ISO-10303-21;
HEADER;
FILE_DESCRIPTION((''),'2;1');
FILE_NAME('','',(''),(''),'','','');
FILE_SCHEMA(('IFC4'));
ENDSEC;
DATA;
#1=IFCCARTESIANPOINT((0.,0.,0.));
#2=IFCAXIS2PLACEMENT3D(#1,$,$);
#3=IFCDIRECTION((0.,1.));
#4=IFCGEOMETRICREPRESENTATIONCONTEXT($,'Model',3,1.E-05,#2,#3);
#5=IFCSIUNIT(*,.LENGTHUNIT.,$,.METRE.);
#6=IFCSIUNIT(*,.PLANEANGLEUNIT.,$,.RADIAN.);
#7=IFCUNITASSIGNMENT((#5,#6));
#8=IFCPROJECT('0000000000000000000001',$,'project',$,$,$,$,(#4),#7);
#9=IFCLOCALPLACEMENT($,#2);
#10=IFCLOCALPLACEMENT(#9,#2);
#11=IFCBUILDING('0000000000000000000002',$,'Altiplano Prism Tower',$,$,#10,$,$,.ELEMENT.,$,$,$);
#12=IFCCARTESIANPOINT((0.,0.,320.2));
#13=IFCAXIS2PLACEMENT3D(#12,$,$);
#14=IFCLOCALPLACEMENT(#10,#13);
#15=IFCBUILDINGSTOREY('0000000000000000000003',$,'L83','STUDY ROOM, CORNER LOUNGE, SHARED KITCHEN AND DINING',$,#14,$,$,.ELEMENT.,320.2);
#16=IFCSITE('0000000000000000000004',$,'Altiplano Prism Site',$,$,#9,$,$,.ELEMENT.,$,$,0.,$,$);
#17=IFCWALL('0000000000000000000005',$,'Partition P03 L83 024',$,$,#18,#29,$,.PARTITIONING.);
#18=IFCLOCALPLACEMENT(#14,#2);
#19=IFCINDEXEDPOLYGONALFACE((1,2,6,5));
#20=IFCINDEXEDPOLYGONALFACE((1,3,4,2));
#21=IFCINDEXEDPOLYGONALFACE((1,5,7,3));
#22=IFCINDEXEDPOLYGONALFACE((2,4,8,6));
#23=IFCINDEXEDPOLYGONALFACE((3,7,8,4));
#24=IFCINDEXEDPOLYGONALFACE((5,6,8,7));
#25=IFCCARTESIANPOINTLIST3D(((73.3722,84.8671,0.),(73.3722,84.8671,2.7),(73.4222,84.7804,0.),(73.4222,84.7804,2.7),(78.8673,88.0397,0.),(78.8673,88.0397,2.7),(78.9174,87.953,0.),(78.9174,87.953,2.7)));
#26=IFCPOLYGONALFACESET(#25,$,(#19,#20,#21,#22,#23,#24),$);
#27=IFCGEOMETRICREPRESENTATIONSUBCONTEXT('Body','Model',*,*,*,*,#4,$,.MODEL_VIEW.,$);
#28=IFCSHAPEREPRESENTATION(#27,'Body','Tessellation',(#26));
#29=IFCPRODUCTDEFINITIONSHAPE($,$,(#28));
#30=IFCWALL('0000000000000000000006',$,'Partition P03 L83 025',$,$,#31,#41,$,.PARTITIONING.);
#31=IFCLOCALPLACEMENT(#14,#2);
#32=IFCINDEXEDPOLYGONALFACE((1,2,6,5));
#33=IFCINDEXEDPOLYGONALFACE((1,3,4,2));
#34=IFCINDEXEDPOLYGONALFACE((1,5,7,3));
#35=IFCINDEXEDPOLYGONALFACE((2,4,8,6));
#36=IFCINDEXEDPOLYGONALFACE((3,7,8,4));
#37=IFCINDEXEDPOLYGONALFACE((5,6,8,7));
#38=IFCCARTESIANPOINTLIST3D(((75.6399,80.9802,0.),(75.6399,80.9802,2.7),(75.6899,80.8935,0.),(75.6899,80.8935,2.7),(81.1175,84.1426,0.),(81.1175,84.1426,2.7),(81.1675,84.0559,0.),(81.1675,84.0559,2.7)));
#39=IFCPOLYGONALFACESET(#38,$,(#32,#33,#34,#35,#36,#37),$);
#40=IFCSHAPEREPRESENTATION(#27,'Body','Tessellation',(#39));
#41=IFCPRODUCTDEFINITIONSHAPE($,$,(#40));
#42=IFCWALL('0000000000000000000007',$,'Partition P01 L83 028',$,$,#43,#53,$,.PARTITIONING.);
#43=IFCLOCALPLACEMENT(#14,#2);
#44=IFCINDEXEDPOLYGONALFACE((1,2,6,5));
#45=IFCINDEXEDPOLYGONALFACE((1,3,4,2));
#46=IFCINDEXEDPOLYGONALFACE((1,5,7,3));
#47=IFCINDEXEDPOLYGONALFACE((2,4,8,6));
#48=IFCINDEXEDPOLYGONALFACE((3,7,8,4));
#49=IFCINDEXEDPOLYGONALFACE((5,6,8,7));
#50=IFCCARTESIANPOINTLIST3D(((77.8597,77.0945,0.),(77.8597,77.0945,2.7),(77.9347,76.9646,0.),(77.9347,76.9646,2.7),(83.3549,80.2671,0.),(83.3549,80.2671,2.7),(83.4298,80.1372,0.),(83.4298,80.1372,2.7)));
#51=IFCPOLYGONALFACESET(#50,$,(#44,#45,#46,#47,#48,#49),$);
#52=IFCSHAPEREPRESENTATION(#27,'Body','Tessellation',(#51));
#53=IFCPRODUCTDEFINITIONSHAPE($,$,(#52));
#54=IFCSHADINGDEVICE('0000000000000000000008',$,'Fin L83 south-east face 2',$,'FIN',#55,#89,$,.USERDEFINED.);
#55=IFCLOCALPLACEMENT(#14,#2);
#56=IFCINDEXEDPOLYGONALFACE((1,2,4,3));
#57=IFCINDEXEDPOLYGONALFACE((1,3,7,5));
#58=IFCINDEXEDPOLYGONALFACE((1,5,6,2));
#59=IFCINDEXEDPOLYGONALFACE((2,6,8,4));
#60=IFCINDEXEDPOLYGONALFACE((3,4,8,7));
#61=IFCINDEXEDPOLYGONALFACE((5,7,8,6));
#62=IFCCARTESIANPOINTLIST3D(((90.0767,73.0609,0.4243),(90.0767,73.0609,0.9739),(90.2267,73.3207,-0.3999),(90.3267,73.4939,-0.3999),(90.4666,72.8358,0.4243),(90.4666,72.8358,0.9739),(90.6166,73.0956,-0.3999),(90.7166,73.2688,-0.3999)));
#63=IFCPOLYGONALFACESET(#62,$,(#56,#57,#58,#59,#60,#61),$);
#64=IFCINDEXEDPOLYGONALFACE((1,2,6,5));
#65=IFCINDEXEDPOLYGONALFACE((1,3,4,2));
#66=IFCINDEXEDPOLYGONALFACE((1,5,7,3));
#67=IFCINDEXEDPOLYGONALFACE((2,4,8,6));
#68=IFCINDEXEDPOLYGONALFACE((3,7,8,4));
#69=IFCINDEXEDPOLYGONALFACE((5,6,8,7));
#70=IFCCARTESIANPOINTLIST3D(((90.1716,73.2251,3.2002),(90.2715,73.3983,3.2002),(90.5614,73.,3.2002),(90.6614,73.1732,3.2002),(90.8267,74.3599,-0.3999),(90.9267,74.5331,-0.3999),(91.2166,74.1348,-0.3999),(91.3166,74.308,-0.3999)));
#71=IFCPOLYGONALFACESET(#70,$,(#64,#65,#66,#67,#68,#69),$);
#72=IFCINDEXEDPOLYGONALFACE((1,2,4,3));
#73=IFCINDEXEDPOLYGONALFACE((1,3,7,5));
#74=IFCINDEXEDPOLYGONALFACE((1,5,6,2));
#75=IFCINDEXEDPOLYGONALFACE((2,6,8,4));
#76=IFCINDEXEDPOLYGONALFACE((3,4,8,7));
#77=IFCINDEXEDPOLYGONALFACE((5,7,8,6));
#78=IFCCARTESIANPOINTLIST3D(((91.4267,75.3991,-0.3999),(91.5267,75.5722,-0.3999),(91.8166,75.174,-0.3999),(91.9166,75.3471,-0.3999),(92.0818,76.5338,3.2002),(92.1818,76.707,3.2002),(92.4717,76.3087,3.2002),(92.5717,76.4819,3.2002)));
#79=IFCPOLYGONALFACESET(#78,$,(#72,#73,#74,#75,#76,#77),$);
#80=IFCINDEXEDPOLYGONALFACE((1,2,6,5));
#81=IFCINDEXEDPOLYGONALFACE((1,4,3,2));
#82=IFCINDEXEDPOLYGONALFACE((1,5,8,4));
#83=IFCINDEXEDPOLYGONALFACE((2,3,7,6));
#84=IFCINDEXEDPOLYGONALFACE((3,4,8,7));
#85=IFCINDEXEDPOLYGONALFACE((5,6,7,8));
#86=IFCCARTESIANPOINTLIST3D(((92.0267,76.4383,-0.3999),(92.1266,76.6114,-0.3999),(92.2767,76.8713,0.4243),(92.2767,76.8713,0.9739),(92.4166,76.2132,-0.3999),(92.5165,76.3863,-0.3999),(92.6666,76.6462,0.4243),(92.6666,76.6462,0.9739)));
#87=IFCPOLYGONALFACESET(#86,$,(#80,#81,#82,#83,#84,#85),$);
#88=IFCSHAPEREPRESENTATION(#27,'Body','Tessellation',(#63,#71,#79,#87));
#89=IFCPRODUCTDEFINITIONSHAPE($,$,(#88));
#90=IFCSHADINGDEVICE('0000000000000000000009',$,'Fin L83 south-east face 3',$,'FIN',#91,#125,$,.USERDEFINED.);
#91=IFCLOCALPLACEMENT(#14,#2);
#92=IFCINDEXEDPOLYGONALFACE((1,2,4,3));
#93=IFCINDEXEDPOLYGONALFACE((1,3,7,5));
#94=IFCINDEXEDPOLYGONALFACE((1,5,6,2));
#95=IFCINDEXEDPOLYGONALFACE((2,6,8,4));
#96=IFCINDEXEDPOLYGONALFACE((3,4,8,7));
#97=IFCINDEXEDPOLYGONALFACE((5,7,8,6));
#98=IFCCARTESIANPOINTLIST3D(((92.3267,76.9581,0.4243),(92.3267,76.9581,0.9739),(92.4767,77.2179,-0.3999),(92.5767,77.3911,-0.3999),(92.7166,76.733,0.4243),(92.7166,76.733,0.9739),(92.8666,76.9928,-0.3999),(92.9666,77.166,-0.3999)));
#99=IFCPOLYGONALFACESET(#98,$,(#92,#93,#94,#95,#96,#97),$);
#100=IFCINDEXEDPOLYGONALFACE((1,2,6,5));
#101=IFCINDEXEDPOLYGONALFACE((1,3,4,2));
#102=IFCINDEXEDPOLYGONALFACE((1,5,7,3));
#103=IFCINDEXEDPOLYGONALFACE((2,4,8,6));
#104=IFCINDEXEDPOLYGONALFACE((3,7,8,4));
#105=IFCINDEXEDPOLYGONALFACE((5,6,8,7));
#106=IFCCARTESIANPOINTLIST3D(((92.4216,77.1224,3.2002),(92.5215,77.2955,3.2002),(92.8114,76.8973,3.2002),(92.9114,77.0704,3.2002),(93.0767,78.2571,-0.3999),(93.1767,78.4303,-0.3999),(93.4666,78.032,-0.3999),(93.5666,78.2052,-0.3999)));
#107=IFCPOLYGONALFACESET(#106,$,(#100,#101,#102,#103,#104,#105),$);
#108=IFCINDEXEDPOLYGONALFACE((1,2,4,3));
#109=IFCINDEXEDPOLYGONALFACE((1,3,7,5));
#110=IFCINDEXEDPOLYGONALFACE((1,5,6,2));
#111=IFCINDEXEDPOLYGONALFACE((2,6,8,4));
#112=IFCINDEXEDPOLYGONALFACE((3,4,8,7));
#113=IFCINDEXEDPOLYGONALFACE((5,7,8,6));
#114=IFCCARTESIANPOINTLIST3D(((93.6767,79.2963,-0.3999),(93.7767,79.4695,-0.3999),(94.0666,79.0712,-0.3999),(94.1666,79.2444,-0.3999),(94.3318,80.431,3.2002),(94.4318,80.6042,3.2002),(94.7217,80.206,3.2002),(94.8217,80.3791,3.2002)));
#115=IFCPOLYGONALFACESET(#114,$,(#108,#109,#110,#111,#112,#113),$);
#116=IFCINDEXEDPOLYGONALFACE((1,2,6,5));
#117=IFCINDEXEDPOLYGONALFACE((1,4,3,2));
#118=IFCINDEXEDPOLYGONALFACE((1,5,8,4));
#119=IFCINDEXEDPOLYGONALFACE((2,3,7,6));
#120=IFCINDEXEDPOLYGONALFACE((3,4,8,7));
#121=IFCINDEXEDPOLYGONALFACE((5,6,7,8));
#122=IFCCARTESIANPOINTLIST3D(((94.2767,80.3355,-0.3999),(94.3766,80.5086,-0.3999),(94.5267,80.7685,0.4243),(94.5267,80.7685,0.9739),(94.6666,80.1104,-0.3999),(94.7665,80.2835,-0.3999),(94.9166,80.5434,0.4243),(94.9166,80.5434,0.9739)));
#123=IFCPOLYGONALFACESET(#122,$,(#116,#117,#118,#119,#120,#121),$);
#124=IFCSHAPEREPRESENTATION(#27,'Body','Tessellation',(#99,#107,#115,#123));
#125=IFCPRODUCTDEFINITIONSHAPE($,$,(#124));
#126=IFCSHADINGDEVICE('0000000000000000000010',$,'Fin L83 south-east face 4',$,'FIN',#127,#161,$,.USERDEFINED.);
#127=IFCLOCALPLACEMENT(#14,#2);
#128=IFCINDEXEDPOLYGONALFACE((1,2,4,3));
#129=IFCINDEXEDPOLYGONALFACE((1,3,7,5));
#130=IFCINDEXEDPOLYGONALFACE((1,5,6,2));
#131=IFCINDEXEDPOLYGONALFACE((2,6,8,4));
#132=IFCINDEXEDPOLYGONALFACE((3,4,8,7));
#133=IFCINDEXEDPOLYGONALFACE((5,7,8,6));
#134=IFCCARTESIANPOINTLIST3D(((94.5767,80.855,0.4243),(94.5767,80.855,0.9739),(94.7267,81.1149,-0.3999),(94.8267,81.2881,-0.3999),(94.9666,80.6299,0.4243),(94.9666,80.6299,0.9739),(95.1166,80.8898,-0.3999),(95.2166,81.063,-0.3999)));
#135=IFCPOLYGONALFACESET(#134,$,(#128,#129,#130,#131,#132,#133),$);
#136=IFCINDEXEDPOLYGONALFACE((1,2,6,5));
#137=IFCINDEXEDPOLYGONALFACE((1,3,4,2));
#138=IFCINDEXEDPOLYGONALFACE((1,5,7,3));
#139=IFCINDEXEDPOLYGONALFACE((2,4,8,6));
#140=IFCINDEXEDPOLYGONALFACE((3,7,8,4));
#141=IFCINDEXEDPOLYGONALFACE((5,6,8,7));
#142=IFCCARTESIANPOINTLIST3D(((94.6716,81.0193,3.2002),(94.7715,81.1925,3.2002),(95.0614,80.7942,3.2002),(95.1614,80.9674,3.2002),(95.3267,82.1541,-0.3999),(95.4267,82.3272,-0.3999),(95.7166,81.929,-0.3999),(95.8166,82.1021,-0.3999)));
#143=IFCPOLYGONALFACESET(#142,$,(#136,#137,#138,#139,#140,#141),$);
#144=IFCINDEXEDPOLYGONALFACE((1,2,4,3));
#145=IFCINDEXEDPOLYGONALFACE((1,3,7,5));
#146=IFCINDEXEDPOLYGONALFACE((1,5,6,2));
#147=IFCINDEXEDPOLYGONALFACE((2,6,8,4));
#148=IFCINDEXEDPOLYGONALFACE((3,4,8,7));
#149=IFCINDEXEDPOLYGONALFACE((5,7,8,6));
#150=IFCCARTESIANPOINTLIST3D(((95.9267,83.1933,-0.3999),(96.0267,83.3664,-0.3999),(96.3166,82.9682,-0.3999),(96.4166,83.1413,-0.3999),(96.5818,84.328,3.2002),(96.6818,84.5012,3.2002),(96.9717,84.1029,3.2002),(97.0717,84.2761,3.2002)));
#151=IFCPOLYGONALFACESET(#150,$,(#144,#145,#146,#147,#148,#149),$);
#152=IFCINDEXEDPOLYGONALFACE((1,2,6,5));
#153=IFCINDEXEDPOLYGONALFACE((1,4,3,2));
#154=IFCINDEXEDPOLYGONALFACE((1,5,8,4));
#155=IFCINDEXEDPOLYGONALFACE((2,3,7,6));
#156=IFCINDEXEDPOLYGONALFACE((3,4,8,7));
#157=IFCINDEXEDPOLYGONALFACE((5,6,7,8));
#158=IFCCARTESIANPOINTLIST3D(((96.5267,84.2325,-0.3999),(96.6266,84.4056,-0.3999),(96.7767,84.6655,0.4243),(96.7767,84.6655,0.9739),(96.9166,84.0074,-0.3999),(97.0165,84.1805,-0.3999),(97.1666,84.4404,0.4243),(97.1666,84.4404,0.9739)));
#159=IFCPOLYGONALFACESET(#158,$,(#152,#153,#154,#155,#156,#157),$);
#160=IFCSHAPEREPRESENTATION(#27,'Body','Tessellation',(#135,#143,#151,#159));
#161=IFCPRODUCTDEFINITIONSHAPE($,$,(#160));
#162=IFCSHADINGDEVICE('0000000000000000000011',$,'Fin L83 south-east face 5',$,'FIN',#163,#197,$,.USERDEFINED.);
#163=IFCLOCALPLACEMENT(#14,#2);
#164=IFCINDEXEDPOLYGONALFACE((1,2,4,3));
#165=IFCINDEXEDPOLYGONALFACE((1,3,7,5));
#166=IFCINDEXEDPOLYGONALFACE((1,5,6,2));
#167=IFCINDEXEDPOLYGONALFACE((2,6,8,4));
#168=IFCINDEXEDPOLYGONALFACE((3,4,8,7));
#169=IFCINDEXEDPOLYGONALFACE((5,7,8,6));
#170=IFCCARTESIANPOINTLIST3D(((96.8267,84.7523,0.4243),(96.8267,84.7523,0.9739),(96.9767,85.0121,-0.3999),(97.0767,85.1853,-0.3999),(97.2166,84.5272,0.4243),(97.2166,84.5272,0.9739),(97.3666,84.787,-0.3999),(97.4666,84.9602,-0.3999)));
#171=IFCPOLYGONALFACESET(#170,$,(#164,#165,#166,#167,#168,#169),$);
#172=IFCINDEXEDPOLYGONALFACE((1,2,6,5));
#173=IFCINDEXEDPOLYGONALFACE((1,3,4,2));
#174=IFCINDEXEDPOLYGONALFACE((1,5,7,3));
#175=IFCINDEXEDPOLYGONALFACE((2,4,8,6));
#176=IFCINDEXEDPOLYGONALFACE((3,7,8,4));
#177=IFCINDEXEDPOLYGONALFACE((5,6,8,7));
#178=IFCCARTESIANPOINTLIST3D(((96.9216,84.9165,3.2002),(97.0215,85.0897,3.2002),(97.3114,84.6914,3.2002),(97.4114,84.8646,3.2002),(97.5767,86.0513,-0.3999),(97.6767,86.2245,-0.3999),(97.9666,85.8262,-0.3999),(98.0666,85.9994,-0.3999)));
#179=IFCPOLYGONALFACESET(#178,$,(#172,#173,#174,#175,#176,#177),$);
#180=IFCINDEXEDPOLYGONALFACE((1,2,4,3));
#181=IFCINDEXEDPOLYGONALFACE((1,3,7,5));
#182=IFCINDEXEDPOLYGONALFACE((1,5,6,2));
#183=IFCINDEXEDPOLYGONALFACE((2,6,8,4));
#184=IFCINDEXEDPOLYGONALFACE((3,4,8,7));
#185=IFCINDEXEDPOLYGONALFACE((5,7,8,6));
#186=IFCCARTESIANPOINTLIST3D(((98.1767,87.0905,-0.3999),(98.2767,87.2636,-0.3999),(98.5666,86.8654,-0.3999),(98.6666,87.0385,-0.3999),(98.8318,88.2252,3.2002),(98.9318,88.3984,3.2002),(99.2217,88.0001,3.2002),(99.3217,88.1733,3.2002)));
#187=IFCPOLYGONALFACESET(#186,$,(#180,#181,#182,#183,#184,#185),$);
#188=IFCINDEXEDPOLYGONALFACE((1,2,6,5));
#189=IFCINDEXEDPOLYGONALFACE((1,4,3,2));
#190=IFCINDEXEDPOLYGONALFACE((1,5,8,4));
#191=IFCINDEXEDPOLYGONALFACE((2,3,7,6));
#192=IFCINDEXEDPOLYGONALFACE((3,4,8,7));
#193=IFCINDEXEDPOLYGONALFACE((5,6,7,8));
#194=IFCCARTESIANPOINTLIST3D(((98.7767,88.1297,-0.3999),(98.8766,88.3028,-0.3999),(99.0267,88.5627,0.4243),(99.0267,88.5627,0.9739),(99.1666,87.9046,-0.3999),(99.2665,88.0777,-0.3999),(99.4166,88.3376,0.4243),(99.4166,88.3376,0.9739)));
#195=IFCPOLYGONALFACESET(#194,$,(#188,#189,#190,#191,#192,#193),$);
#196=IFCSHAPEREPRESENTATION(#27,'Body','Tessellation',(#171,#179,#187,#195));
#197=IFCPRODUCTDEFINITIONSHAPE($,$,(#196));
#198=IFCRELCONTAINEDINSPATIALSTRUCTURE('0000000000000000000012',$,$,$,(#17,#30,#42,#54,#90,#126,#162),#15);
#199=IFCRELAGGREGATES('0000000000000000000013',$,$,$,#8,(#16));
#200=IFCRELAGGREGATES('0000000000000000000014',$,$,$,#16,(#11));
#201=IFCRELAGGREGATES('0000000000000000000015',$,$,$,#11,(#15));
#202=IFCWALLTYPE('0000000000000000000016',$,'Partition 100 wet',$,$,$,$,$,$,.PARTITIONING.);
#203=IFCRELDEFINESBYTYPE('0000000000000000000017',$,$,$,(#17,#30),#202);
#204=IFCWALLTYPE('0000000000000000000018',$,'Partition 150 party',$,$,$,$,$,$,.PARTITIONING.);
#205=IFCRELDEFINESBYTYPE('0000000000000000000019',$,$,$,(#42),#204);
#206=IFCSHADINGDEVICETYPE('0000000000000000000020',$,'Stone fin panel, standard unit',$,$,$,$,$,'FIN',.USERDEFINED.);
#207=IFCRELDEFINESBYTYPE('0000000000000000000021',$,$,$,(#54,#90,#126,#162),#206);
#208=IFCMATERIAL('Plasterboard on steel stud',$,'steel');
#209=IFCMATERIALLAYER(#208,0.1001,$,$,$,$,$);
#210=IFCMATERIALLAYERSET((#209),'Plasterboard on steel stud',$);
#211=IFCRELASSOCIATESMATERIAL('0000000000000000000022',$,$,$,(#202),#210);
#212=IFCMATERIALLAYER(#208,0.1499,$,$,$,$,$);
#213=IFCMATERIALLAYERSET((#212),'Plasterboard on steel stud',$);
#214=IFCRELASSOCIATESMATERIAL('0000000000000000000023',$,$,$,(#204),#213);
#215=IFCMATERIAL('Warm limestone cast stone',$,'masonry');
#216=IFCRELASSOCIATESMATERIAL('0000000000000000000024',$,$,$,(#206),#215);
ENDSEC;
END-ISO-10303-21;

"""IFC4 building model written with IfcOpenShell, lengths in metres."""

from ifc_helpers import new_model, si_unit, direction, frame, frame_2d, origin, place, context, subcontext, project, spatial, polyline, rectangle, outline, extrude, source, transform, mapped, material, layer, layer_set, type_object, element, save


model = new_model("IFC4")

# Units and contexts
model_context = context("Model", 3, precision=1e-05, world=origin(), true_north=direction((0.0, 1.0)))
body_context = subcontext(model_context, "Body", "Model", "MODEL_VIEW")
ifc_project = project(units=[si_unit("LENGTHUNIT", "METRE"), si_unit("PLANEANGLEUNIT", "RADIAN")], contexts=[model_context])

# Site, building, storey
site_placement = place(None, origin())
site = spatial("IfcSite", under=ifc_project, at=site_placement, Name="Altiplano Prism Site", CompositionType="ELEMENT", RefElevation=0.0)
building_placement = place(site_placement, origin())
building = spatial("IfcBuilding", under=site, at=building_placement, Name="Altiplano Prism Tower", CompositionType="ELEMENT")
storey_placement = place(building_placement, frame((0.0, 0.0, 320.2)))
storey = spatial("IfcBuildingStorey", under=building, at=storey_placement, Name="L83", Description="STUDY ROOM, CORNER LOUNGE, SHARED KITCHEN AND DINING", CompositionType="ELEMENT", Elevation=320.2)

# Walls
ifc_material_1 = material(Name="Plasterboard on steel stud", Category="steel")
ifc_layer_1 = layer(ifc_material_1, 0.1001)
ifc_layer_set_1 = layer_set([ifc_layer_1], Name="Plasterboard on steel stud")
wall_type_1 = type_object("IfcWallType", Name="Partition 100 wet", PredefinedType="PARTITIONING", material=ifc_layer_set_1)
wall_1_placement = place(storey_placement, frame((73.3972, 84.8237, 0.0), z_axis=(0.0, 0.0, 1.0), x_axis=(0.866025, 0.5, 0.0)))
element("IfcWall", 1, at=wall_1_placement, inside=storey, type_object=wall_type_1, Name="Partition P03 L83 024", PredefinedType="PARTITIONING", context=body_context, shape_type="SweptSolid", body=[
    extrude(rectangle(XDim=6.3452, YDim=0.1001, at=frame_2d((3.1726, 0.0))), origin(), (0.0, 0.0, 1.0), 2.7),
])
wall_2_placement = place(storey_placement, frame((75.6648, 80.9368, 0.0), z_axis=(0.0, 0.0, 1.0), x_axis=(0.866033, 0.499988, 0.0)))
element("IfcWall", 2, at=wall_2_placement, inside=storey, type_object=wall_type_1, Name="Partition P03 L83 025", PredefinedType="PARTITIONING", context=body_context, shape_type="SweptSolid", body=[
    extrude(rectangle(XDim=6.325, YDim=0.1001, at=frame_2d((3.1626, 0.0))), origin(), (0.0, 0.0, 1.0), 2.7),
])
ifc_layer_2 = layer(ifc_material_1, 0.1499)
ifc_layer_set_2 = layer_set([ifc_layer_2], Name="Plasterboard on steel stud")
wall_type_2 = type_object("IfcWallType", Name="Partition 150 party", PredefinedType="PARTITIONING", material=ifc_layer_set_2)
wall_3_placement = place(storey_placement, frame((77.8972, 77.0295, 0.0), z_axis=(0.0, 0.0, 1.0), x_axis=(0.866025, 0.5, 0.0)))
element("IfcWall", 3, at=wall_3_placement, inside=storey, type_object=wall_type_2, Name="Partition P01 L83 028", PredefinedType="PARTITIONING", context=body_context, shape_type="SweptSolid", body=[
    extrude(rectangle(XDim=6.3452, YDim=0.1499, at=frame_2d((3.1726, 0.0))), origin(), (0.0, 0.0, 1.0), 2.7),
])

# Shading devices
ifc_material_2 = material(Name="Warm limestone cast stone", Category="masonry")
shading_device_type_1 = type_object("IfcShadingDeviceType", Name="Stone fin panel, standard unit", ElementType="FIN", PredefinedType="USERDEFINED", material=ifc_material_2)
shared_shape_1 = source(origin(), body_context, "Body", "SweptSolid", [
    extrude(outline(polyline([(-2.2, 1.3738), (-2.2, 0.8242), (-1.8999, 0.0), (-1.7, 0.0), (-2.2, 1.3738)])), frame((0.0, -0.1499, 0.0), z_axis=(0.0, -1.0, 0.0), x_axis=(1.0, 0.0, 0.0)), (0.0, 0.0, 1.0), 0.4502),
    extrude(outline(polyline([(-2.0103, 3.6001), (-0.7, 0.0), (-0.5, 0.0), (-1.8103, 3.6001), (-2.0103, 3.6001)])), frame((0.0, -0.1499, 0.0), z_axis=(0.0, -1.0, 0.0), x_axis=(1.0, 0.0, 0.0)), (0.0, 0.0, 1.0), 0.4502),
    extrude(outline(polyline([(1.8103, 3.6001), (0.5, 0.0), (0.7, 0.0), (2.0103, 3.6001), (1.8103, 3.6001)])), frame((0.0, -0.1499, 0.0), z_axis=(0.0, -1.0, 0.0), x_axis=(1.0, 0.0, 0.0)), (0.0, 0.0, 1.0), 0.4502),
    extrude(outline(polyline([(2.2, 0.8242), (2.2, 1.3738), (1.7, 0.0), (1.8999, 0.0), (2.2, 0.8242)])), frame((0.0, -0.1499, 0.0), z_axis=(0.0, -1.0, 0.0), x_axis=(1.0, 0.0, 0.0)), (0.0, 0.0, 1.0), 0.4502),
])
shading_device_1_placement = place(storey_placement, origin())
element("IfcShadingDevice", 4, at=shading_device_1_placement, inside=storey, type_object=shading_device_type_1, Name="Fin L83 south-east face 2", ObjectType="FIN", PredefinedType="USERDEFINED", context=body_context, shape_type="MappedRepresentation", body=[
    mapped(shared_shape_1, transform((91.0469, 75.041, -0.3999), x_axis=(0.5, 0.866025, 0.0), y_axis=(-0.866025, 0.5, 0.0), z_axis=(0.0, 0.0, 1.0))),
])
shading_device_2_placement = place(storey_placement, origin())
element("IfcShadingDevice", 5, at=shading_device_2_placement, inside=storey, type_object=shading_device_type_1, Name="Fin L83 south-east face 3", ObjectType="FIN", PredefinedType="USERDEFINED", context=body_context, shape_type="MappedRepresentation", body=[
    mapped(shared_shape_1, transform((93.2969, 78.9382, -0.3999), x_axis=(0.5, 0.866025, 0.0), y_axis=(-0.866025, 0.5, 0.0), z_axis=(0.0, 0.0, 1.0))),
])
shading_device_3_placement = place(storey_placement, origin())
element("IfcShadingDevice", 6, at=shading_device_3_placement, inside=storey, type_object=shading_device_type_1, Name="Fin L83 south-east face 4", ObjectType="FIN", PredefinedType="USERDEFINED", context=body_context, shape_type="MappedRepresentation", body=[
    mapped(shared_shape_1, transform((95.5469, 82.8352, -0.3999), x_axis=(0.5, 0.866025, 0.0), y_axis=(-0.866025, 0.5, 0.0), z_axis=(0.0, 0.0, 1.0))),
])
shading_device_4_placement = place(storey_placement, origin())
element("IfcShadingDevice", 7, at=shading_device_4_placement, inside=storey, type_object=shading_device_type_1, Name="Fin L83 south-east face 5", ObjectType="FIN", PredefinedType="USERDEFINED", context=body_context, shape_type="MappedRepresentation", body=[
    mapped(shared_shape_1, transform((97.7969, 86.7324, -0.3999), x_axis=(0.5, 0.866025, 0.0), y_axis=(-0.866025, 0.5, 0.0), z_axis=(0.0, 0.0, 1.0))),
])

save(model, "model.ifc")
